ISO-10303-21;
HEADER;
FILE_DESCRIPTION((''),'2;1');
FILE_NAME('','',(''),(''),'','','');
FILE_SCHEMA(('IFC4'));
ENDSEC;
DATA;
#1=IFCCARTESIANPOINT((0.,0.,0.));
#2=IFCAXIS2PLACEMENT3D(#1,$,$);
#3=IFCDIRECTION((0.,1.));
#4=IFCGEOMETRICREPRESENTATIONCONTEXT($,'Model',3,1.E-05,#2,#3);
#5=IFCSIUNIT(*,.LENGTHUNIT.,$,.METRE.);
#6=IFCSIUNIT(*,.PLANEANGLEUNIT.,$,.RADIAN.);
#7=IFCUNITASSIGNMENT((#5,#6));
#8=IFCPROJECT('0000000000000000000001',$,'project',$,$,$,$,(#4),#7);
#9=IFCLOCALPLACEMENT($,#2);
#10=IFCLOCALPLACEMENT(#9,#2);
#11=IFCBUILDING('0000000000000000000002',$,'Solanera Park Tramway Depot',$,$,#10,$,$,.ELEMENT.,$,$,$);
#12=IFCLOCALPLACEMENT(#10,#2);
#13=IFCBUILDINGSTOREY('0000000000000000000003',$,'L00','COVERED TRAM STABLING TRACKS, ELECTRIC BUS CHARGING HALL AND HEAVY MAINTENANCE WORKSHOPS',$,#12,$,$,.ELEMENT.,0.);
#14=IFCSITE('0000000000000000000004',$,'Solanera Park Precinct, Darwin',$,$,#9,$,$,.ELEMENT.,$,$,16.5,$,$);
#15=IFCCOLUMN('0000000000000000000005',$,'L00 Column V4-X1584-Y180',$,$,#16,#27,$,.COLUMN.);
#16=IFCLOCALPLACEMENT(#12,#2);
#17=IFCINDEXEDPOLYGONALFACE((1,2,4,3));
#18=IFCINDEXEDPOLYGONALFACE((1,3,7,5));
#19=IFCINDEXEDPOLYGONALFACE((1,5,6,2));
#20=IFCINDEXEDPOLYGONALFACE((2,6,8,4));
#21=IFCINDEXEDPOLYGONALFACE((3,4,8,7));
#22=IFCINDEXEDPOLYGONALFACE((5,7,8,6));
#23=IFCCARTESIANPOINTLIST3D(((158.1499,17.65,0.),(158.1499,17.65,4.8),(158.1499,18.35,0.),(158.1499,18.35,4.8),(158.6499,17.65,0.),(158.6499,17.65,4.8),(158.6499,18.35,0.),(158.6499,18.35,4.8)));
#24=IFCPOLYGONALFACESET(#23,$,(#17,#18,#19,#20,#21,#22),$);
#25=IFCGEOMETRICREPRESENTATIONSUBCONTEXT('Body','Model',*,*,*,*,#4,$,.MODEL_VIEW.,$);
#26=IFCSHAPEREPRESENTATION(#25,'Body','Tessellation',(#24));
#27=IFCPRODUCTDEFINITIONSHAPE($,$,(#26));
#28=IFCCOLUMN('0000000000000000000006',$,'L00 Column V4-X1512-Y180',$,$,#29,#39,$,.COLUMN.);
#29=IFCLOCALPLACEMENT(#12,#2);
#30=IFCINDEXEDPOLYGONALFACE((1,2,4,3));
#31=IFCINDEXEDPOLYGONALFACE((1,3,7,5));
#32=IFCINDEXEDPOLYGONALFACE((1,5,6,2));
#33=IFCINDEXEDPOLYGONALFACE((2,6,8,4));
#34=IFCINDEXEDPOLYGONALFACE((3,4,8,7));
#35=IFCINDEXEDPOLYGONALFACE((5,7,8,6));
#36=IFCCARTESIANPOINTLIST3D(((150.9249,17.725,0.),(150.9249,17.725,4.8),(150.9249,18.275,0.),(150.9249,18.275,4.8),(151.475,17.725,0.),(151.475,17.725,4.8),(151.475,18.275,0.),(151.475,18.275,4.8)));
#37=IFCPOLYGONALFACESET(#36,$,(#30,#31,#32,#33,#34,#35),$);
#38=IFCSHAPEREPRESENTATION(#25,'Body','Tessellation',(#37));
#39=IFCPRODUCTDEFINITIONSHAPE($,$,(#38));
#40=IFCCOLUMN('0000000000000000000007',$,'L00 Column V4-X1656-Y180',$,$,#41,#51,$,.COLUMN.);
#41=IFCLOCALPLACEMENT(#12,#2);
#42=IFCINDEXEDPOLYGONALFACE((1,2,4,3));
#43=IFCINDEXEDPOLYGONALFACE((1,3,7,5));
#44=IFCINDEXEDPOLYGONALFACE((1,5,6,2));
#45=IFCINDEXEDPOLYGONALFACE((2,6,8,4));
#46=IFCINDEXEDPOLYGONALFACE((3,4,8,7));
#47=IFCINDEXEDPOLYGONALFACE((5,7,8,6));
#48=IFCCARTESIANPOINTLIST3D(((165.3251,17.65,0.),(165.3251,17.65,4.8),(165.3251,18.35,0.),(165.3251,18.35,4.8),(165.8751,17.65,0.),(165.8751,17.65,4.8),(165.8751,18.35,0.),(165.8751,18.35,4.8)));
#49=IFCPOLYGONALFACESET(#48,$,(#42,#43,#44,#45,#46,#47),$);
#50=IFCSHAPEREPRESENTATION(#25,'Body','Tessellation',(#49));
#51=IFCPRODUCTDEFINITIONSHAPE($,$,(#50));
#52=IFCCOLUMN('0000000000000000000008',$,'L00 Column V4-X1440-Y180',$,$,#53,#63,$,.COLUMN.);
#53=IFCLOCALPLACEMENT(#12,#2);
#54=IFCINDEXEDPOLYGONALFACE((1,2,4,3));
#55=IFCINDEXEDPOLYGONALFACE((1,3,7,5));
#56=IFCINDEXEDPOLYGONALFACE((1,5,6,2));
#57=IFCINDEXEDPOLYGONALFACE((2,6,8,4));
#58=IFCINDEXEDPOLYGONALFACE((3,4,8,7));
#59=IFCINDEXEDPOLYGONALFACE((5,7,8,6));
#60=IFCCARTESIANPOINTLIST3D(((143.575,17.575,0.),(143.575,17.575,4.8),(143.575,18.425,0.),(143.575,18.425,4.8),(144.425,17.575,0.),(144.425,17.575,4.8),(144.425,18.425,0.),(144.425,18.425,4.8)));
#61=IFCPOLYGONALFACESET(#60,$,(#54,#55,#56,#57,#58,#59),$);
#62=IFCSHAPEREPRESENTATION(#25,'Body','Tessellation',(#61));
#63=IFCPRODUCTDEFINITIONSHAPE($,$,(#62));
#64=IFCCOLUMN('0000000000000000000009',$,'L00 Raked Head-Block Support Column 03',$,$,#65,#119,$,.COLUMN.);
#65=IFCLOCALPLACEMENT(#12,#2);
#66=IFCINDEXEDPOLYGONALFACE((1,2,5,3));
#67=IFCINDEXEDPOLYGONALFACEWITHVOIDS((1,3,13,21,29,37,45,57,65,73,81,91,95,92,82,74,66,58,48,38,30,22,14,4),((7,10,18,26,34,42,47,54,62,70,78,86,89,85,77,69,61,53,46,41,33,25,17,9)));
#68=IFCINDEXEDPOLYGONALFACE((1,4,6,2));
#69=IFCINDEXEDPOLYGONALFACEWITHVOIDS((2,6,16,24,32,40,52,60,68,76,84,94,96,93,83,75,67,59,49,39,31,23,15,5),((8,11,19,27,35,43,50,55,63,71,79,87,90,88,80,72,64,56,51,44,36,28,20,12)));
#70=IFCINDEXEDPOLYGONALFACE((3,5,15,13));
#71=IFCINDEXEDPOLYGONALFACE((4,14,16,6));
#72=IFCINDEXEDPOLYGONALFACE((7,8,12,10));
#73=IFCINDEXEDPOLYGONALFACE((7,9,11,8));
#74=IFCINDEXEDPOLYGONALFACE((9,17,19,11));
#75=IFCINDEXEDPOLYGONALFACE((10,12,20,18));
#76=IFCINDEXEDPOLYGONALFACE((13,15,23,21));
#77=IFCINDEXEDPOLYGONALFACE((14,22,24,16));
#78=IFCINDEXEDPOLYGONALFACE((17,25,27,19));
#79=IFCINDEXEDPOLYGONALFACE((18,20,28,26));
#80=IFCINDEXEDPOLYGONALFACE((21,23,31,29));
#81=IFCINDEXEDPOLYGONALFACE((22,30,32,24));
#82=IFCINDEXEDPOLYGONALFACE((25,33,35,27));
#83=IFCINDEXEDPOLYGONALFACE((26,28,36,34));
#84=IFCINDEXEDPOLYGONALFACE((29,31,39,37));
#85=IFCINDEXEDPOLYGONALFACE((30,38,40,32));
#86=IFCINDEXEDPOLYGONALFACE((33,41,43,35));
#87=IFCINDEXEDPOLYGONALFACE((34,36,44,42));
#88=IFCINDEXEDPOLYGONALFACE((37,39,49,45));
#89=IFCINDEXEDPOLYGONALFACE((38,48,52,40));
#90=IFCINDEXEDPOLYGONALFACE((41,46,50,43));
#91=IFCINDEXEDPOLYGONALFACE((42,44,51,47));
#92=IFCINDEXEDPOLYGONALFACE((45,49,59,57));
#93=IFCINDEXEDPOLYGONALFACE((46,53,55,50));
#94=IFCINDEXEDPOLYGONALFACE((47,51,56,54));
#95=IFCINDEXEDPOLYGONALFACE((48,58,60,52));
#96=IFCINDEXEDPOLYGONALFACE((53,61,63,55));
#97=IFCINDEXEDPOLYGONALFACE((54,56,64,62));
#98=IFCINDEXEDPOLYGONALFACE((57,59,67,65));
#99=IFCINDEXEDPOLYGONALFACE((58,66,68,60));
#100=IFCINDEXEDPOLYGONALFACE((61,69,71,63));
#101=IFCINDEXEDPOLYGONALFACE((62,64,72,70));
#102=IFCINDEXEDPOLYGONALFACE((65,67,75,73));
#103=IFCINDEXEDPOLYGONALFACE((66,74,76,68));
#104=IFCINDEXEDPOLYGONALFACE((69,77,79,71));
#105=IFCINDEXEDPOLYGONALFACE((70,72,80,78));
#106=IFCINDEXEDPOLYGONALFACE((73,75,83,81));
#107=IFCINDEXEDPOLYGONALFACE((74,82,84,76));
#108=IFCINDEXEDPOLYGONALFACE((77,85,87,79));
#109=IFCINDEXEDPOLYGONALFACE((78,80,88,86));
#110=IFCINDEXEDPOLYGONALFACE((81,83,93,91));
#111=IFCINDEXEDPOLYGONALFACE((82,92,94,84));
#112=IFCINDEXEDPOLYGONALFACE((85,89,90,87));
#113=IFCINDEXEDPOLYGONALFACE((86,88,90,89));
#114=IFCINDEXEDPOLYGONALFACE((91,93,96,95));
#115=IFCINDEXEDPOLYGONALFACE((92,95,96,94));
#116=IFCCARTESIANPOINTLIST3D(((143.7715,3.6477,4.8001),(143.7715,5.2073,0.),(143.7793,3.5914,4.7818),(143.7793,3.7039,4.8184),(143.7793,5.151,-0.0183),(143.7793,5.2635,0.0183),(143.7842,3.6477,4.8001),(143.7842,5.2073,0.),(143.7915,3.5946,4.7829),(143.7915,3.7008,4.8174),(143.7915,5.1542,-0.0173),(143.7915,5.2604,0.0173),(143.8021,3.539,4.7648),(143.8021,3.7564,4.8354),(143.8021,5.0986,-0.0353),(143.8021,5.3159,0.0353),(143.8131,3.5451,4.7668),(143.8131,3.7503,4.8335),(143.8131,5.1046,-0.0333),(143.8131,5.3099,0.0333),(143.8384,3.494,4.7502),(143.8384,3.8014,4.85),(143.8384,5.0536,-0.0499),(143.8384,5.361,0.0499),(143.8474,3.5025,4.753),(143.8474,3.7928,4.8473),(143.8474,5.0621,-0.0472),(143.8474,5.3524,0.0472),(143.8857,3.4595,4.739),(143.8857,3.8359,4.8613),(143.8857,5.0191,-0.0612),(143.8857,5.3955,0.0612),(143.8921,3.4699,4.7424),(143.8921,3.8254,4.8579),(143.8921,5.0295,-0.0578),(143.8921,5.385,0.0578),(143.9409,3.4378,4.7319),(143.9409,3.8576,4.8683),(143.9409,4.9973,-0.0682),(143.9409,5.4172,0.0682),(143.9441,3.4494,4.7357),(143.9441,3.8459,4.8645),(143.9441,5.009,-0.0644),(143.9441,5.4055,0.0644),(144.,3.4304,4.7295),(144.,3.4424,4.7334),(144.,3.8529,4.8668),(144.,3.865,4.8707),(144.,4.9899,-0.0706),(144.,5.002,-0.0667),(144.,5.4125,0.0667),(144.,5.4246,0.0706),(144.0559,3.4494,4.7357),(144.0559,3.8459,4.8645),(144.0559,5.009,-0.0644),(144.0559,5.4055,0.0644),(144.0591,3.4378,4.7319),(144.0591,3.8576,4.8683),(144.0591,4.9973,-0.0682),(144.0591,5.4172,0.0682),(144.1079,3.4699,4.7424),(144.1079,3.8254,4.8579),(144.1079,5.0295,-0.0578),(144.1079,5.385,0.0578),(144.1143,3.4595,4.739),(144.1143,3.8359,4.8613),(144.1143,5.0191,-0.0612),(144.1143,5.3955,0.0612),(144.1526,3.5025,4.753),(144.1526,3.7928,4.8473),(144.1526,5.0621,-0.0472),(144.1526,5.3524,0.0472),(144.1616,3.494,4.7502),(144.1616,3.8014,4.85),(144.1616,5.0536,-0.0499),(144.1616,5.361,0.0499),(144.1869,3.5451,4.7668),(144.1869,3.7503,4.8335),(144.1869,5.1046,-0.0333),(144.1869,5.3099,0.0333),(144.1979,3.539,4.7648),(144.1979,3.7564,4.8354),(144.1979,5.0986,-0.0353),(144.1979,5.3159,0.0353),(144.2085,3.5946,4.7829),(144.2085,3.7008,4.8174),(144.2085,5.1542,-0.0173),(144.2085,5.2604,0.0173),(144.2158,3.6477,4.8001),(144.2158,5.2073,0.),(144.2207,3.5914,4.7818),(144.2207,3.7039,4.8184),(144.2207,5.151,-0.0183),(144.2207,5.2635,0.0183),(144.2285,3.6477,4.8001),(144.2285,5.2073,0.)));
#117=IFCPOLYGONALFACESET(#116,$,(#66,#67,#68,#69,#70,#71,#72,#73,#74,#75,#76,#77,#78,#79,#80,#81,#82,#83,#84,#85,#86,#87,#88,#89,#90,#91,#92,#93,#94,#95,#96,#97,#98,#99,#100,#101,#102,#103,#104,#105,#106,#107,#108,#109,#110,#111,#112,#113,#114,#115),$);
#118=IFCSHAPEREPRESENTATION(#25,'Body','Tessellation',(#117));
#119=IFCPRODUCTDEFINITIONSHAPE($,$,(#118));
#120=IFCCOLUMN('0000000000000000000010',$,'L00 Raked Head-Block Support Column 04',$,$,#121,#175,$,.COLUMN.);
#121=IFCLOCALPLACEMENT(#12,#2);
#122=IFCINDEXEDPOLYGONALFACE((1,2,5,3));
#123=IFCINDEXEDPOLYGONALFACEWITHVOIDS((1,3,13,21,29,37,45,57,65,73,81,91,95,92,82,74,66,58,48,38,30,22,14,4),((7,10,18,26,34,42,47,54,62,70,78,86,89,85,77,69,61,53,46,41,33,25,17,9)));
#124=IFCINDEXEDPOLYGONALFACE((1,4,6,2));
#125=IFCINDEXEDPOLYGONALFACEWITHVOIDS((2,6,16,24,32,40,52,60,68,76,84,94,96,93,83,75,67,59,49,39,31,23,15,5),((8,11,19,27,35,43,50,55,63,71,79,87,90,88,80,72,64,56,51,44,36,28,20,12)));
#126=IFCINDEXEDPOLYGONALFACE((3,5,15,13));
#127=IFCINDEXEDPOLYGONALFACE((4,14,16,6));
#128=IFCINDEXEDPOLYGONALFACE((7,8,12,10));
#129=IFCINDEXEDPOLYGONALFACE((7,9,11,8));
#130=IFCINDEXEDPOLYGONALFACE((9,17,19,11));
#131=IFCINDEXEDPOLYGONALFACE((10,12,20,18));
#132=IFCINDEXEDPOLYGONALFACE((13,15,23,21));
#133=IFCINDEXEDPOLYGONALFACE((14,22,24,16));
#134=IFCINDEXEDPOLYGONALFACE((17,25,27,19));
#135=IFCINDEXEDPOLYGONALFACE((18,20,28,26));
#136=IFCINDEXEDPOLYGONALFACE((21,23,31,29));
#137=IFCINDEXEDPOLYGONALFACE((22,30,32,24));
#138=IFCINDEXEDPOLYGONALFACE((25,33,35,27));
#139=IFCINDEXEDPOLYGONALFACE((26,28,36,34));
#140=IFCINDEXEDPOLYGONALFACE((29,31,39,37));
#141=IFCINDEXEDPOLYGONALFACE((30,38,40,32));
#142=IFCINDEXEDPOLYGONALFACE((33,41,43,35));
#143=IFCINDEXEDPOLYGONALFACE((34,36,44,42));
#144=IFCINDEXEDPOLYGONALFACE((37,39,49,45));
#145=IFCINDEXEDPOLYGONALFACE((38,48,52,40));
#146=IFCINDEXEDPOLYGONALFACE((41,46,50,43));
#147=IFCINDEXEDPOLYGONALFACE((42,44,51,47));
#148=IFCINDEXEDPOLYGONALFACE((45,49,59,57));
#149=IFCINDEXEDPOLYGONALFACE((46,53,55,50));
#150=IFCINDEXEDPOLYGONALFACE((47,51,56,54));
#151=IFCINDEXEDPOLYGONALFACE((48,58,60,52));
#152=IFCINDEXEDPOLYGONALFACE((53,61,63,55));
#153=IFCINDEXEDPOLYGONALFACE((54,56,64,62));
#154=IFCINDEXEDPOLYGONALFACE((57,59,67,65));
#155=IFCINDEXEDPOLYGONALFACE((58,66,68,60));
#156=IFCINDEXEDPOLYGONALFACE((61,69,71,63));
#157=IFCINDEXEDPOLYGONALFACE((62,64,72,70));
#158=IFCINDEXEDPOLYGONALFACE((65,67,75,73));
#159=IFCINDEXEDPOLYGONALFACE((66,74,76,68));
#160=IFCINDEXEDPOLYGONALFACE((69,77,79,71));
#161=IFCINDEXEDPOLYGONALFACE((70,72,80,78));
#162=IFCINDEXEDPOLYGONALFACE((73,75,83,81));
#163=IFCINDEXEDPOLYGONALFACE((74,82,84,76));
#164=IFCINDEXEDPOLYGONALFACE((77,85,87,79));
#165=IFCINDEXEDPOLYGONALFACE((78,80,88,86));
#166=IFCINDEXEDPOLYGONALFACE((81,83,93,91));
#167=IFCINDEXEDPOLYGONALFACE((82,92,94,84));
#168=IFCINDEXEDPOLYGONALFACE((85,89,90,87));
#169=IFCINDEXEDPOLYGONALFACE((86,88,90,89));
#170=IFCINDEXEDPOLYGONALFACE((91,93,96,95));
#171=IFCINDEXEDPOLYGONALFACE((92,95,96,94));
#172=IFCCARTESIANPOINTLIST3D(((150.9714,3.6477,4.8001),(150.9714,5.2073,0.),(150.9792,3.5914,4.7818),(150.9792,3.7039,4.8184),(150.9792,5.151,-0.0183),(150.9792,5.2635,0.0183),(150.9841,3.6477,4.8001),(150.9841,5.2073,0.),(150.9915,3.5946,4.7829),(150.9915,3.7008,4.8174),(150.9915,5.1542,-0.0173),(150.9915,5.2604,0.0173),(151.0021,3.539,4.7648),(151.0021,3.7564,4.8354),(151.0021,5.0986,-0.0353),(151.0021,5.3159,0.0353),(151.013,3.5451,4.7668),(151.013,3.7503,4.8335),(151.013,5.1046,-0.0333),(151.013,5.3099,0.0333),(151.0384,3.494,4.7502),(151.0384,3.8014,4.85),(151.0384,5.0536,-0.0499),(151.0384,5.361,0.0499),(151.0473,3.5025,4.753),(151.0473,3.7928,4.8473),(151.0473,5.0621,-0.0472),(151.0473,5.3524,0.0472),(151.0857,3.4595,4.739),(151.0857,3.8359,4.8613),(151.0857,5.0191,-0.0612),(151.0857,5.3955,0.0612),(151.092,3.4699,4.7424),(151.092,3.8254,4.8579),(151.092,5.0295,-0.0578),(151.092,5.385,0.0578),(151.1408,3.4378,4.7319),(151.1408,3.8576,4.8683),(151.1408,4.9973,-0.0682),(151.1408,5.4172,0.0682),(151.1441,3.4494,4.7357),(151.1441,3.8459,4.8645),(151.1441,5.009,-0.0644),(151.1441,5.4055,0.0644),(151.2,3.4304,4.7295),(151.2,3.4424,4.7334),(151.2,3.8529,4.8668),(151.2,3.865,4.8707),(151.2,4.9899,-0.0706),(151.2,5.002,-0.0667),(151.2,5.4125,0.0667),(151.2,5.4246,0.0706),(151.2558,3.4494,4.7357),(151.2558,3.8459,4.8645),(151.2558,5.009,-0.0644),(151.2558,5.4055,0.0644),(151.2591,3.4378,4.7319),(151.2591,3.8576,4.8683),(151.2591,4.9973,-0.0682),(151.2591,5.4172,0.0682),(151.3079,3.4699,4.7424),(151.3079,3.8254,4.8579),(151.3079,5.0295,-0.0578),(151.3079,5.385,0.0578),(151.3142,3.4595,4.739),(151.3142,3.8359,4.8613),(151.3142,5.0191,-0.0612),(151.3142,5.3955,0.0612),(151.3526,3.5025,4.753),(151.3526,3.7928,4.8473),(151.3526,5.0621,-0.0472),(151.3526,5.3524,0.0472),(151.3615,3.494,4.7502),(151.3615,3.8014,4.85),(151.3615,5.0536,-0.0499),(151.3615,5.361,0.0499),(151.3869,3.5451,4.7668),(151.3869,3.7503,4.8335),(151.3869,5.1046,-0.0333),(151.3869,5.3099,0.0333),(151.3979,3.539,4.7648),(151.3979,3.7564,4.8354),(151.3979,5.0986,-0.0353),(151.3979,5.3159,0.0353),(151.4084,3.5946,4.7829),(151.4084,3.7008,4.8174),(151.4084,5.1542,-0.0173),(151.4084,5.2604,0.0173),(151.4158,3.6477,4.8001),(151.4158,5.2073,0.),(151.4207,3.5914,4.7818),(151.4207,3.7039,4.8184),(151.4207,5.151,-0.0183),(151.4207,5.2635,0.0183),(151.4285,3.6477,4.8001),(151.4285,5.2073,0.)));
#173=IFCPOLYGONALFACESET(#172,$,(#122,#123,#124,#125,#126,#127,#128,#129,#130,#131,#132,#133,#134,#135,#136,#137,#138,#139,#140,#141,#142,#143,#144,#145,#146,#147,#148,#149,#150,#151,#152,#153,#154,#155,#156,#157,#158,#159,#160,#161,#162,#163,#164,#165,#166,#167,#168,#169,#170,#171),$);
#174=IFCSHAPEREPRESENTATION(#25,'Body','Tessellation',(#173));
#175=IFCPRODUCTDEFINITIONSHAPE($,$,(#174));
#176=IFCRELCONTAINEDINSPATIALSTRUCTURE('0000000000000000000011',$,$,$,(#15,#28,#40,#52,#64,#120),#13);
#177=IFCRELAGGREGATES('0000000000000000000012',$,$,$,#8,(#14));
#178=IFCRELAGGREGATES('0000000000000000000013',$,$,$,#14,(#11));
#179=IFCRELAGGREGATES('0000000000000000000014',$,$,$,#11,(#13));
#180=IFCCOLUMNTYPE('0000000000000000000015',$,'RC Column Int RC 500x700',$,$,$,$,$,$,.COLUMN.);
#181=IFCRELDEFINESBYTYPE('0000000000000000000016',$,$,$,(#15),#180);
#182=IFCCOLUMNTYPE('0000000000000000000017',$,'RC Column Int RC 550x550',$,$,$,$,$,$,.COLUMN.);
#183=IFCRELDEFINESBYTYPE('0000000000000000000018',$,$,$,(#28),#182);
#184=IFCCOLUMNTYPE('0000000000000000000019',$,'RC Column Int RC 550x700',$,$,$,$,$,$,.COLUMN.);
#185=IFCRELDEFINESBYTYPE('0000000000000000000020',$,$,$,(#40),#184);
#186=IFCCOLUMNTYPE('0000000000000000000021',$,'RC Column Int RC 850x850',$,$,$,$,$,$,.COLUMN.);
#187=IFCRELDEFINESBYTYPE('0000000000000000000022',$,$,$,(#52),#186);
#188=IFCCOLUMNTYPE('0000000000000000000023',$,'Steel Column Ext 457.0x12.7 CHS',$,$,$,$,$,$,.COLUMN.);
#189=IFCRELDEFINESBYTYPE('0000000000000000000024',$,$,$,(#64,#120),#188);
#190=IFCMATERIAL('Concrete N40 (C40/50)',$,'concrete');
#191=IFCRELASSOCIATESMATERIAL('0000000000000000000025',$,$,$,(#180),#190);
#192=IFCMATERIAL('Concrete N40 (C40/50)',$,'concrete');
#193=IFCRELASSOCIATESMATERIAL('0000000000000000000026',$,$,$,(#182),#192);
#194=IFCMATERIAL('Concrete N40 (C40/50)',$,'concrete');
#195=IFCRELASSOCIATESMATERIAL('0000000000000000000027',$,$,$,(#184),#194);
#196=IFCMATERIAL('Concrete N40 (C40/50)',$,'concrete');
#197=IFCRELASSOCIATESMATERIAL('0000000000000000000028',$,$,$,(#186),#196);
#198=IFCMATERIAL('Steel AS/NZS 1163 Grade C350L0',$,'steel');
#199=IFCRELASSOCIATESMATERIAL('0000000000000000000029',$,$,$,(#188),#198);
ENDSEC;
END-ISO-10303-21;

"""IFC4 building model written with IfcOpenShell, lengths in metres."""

from ifc_helpers import new_model, si_unit, direction, frame, origin, origin_2d, place, context, subcontext, project, spatial, rectangle, hollow_circle, extrude, material, material_profile, profile_set, type_object, element, save


model = new_model("IFC4")

# Units and contexts
model_context = context("Model", 3, precision=1e-05, world=origin(), true_north=direction((0.0, 1.0)))
body_context = subcontext(model_context, "Body", "Model", "MODEL_VIEW")
ifc_project = project(units=[si_unit("LENGTHUNIT", "METRE"), si_unit("PLANEANGLEUNIT", "RADIAN")], contexts=[model_context])

# Site, building, storey
site_placement = place(None, origin())
site = spatial("IfcSite", under=ifc_project, at=site_placement, Name="Solanera Park Precinct, Darwin", CompositionType="ELEMENT", RefElevation=16.5)
building_placement = place(site_placement, origin())
building = spatial("IfcBuilding", under=site, at=building_placement, Name="Solanera Park Tramway Depot", CompositionType="ELEMENT")
storey_placement = place(building_placement, origin())
storey = spatial("IfcBuildingStorey", under=building, at=storey_placement, Name="L00", Description="COVERED TRAM STABLING TRACKS, ELECTRIC BUS CHARGING HALL AND HEAVY MAINTENANCE WORKSHOPS", CompositionType="ELEMENT", Elevation=0.0)

# Columns
ifc_material_1 = material(Name="Concrete N40 (C40/50)", Category="concrete")
ifc_material_profile_1 = material_profile(ifc_material_1, rectangle(XDim=0.5, YDim=0.7, at=origin_2d()), Name="RC 500x700")
ifc_profile_set_1 = profile_set([ifc_material_profile_1], Name="Concrete N40 (C40/50)")
column_type_1 = type_object("IfcColumnType", Name="RC Column Int RC 500x700", PredefinedType="COLUMN", material=ifc_profile_set_1)
column_1_placement = place(storey_placement, frame((158.3999, 18.0, 0.0), z_axis=(0.0, 0.0, 1.0), x_axis=(1.0, 0.0, 0.0)))
element("IfcColumn", 1, at=column_1_placement, inside=storey, type_object=column_type_1, Name="L00 Column V4-X1584-Y180", PredefinedType="COLUMN", context=body_context, shape_type="SweptSolid", body=[
    extrude(rectangle(XDim=0.5, YDim=0.7, at=origin_2d()), origin(), (0.0, 0.0, 1.0), 4.8),
])
ifc_material_2 = material(Name="Concrete N40 (C40/50)", Category="concrete")
ifc_material_profile_2 = material_profile(ifc_material_2, rectangle(XDim=0.55, YDim=0.55, at=origin_2d()), Name="RC 550x550")
ifc_profile_set_2 = profile_set([ifc_material_profile_2], Name="Concrete N40 (C40/50)")
column_type_2 = type_object("IfcColumnType", Name="RC Column Int RC 550x550", PredefinedType="COLUMN", material=ifc_profile_set_2)
column_2_placement = place(storey_placement, frame((151.2, 18.0, 0.0), z_axis=(0.0, 0.0, 1.0), x_axis=(1.0, 0.0, 0.0)))
element("IfcColumn", 2, at=column_2_placement, inside=storey, type_object=column_type_2, Name="L00 Column V4-X1512-Y180", PredefinedType="COLUMN", context=body_context, shape_type="SweptSolid", body=[
    extrude(rectangle(XDim=0.55, YDim=0.55, at=origin_2d()), origin(), (0.0, 0.0, 1.0), 4.8),
])
ifc_material_3 = material(Name="Concrete N40 (C40/50)", Category="concrete")
ifc_material_profile_3 = material_profile(ifc_material_3, rectangle(XDim=0.55, YDim=0.7, at=origin_2d()), Name="RC 550x700")
ifc_profile_set_3 = profile_set([ifc_material_profile_3], Name="Concrete N40 (C40/50)")
column_type_3 = type_object("IfcColumnType", Name="RC Column Int RC 550x700", PredefinedType="COLUMN", material=ifc_profile_set_3)
column_3_placement = place(storey_placement, frame((165.6001, 18.0, 0.0), z_axis=(0.0, 0.0, 1.0), x_axis=(1.0, 0.0, 0.0)))
element("IfcColumn", 3, at=column_3_placement, inside=storey, type_object=column_type_3, Name="L00 Column V4-X1656-Y180", PredefinedType="COLUMN", context=body_context, shape_type="SweptSolid", body=[
    extrude(rectangle(XDim=0.55, YDim=0.7, at=origin_2d()), origin(), (0.0, 0.0, 1.0), 4.8),
])
ifc_material_4 = material(Name="Concrete N40 (C40/50)", Category="concrete")
ifc_material_profile_4 = material_profile(ifc_material_4, rectangle(XDim=0.8501, YDim=0.8501, at=origin_2d()), Name="RC 850x850")
ifc_profile_set_4 = profile_set([ifc_material_profile_4], Name="Concrete N40 (C40/50)")
column_type_4 = type_object("IfcColumnType", Name="RC Column Int RC 850x850", PredefinedType="COLUMN", material=ifc_profile_set_4)
column_4_placement = place(storey_placement, frame((144.0, 18.0, 0.0), z_axis=(0.0, 0.0, 1.0), x_axis=(1.0, 0.0, 0.0)))
element("IfcColumn", 4, at=column_4_placement, inside=storey, type_object=column_type_4, Name="L00 Column V4-X1440-Y180", PredefinedType="COLUMN", context=body_context, shape_type="SweptSolid", body=[
    extrude(rectangle(XDim=0.8501, YDim=0.8501, at=origin_2d()), origin(), (0.0, 0.0, 1.0), 4.8),
])
ifc_material_5 = material(Name="Steel AS/NZS 1163 Grade C350L0", Category="steel")
ifc_material_profile_5 = material_profile(ifc_material_5, hollow_circle(Radius=0.2285, WallThickness=0.0127, at=origin_2d()), Name="457.0x12.7 CHS")
ifc_profile_set_5 = profile_set([ifc_material_profile_5], Name="Steel AS/NZS 1163 Grade C350L0")
column_type_5 = type_object("IfcColumnType", Name="Steel Column Ext 457.0x12.7 CHS", PredefinedType="COLUMN", material=ifc_profile_set_5)
for number, where, z_axis, x_axis, name in (
    (5, (144.0, 5.2073, 0.0), (0.0, -0.309006, 0.95106), (1.0, 0.0, 0.0), "L00 Raked Head-Block Support Column 03"),
    (6, (151.2, 5.2073, 0.0), (0.0, -0.309006, 0.95106), (1.0, 0.0, 0.0), "L00 Raked Head-Block Support Column 04"),
):
    element("IfcColumn", number, at=place(storey_placement, frame(where, z_axis=z_axis, x_axis=x_axis)), inside=storey, type_object=column_type_5, Name=name, PredefinedType="COLUMN", context=body_context, shape_type="SweptSolid", body=[
        extrude(hollow_circle(Radius=0.2285, WallThickness=0.0127, at=origin_2d()), origin(), (0.0, 0.0, 1.0), 5.0471),
    ])

save(model, "model.ifc")
